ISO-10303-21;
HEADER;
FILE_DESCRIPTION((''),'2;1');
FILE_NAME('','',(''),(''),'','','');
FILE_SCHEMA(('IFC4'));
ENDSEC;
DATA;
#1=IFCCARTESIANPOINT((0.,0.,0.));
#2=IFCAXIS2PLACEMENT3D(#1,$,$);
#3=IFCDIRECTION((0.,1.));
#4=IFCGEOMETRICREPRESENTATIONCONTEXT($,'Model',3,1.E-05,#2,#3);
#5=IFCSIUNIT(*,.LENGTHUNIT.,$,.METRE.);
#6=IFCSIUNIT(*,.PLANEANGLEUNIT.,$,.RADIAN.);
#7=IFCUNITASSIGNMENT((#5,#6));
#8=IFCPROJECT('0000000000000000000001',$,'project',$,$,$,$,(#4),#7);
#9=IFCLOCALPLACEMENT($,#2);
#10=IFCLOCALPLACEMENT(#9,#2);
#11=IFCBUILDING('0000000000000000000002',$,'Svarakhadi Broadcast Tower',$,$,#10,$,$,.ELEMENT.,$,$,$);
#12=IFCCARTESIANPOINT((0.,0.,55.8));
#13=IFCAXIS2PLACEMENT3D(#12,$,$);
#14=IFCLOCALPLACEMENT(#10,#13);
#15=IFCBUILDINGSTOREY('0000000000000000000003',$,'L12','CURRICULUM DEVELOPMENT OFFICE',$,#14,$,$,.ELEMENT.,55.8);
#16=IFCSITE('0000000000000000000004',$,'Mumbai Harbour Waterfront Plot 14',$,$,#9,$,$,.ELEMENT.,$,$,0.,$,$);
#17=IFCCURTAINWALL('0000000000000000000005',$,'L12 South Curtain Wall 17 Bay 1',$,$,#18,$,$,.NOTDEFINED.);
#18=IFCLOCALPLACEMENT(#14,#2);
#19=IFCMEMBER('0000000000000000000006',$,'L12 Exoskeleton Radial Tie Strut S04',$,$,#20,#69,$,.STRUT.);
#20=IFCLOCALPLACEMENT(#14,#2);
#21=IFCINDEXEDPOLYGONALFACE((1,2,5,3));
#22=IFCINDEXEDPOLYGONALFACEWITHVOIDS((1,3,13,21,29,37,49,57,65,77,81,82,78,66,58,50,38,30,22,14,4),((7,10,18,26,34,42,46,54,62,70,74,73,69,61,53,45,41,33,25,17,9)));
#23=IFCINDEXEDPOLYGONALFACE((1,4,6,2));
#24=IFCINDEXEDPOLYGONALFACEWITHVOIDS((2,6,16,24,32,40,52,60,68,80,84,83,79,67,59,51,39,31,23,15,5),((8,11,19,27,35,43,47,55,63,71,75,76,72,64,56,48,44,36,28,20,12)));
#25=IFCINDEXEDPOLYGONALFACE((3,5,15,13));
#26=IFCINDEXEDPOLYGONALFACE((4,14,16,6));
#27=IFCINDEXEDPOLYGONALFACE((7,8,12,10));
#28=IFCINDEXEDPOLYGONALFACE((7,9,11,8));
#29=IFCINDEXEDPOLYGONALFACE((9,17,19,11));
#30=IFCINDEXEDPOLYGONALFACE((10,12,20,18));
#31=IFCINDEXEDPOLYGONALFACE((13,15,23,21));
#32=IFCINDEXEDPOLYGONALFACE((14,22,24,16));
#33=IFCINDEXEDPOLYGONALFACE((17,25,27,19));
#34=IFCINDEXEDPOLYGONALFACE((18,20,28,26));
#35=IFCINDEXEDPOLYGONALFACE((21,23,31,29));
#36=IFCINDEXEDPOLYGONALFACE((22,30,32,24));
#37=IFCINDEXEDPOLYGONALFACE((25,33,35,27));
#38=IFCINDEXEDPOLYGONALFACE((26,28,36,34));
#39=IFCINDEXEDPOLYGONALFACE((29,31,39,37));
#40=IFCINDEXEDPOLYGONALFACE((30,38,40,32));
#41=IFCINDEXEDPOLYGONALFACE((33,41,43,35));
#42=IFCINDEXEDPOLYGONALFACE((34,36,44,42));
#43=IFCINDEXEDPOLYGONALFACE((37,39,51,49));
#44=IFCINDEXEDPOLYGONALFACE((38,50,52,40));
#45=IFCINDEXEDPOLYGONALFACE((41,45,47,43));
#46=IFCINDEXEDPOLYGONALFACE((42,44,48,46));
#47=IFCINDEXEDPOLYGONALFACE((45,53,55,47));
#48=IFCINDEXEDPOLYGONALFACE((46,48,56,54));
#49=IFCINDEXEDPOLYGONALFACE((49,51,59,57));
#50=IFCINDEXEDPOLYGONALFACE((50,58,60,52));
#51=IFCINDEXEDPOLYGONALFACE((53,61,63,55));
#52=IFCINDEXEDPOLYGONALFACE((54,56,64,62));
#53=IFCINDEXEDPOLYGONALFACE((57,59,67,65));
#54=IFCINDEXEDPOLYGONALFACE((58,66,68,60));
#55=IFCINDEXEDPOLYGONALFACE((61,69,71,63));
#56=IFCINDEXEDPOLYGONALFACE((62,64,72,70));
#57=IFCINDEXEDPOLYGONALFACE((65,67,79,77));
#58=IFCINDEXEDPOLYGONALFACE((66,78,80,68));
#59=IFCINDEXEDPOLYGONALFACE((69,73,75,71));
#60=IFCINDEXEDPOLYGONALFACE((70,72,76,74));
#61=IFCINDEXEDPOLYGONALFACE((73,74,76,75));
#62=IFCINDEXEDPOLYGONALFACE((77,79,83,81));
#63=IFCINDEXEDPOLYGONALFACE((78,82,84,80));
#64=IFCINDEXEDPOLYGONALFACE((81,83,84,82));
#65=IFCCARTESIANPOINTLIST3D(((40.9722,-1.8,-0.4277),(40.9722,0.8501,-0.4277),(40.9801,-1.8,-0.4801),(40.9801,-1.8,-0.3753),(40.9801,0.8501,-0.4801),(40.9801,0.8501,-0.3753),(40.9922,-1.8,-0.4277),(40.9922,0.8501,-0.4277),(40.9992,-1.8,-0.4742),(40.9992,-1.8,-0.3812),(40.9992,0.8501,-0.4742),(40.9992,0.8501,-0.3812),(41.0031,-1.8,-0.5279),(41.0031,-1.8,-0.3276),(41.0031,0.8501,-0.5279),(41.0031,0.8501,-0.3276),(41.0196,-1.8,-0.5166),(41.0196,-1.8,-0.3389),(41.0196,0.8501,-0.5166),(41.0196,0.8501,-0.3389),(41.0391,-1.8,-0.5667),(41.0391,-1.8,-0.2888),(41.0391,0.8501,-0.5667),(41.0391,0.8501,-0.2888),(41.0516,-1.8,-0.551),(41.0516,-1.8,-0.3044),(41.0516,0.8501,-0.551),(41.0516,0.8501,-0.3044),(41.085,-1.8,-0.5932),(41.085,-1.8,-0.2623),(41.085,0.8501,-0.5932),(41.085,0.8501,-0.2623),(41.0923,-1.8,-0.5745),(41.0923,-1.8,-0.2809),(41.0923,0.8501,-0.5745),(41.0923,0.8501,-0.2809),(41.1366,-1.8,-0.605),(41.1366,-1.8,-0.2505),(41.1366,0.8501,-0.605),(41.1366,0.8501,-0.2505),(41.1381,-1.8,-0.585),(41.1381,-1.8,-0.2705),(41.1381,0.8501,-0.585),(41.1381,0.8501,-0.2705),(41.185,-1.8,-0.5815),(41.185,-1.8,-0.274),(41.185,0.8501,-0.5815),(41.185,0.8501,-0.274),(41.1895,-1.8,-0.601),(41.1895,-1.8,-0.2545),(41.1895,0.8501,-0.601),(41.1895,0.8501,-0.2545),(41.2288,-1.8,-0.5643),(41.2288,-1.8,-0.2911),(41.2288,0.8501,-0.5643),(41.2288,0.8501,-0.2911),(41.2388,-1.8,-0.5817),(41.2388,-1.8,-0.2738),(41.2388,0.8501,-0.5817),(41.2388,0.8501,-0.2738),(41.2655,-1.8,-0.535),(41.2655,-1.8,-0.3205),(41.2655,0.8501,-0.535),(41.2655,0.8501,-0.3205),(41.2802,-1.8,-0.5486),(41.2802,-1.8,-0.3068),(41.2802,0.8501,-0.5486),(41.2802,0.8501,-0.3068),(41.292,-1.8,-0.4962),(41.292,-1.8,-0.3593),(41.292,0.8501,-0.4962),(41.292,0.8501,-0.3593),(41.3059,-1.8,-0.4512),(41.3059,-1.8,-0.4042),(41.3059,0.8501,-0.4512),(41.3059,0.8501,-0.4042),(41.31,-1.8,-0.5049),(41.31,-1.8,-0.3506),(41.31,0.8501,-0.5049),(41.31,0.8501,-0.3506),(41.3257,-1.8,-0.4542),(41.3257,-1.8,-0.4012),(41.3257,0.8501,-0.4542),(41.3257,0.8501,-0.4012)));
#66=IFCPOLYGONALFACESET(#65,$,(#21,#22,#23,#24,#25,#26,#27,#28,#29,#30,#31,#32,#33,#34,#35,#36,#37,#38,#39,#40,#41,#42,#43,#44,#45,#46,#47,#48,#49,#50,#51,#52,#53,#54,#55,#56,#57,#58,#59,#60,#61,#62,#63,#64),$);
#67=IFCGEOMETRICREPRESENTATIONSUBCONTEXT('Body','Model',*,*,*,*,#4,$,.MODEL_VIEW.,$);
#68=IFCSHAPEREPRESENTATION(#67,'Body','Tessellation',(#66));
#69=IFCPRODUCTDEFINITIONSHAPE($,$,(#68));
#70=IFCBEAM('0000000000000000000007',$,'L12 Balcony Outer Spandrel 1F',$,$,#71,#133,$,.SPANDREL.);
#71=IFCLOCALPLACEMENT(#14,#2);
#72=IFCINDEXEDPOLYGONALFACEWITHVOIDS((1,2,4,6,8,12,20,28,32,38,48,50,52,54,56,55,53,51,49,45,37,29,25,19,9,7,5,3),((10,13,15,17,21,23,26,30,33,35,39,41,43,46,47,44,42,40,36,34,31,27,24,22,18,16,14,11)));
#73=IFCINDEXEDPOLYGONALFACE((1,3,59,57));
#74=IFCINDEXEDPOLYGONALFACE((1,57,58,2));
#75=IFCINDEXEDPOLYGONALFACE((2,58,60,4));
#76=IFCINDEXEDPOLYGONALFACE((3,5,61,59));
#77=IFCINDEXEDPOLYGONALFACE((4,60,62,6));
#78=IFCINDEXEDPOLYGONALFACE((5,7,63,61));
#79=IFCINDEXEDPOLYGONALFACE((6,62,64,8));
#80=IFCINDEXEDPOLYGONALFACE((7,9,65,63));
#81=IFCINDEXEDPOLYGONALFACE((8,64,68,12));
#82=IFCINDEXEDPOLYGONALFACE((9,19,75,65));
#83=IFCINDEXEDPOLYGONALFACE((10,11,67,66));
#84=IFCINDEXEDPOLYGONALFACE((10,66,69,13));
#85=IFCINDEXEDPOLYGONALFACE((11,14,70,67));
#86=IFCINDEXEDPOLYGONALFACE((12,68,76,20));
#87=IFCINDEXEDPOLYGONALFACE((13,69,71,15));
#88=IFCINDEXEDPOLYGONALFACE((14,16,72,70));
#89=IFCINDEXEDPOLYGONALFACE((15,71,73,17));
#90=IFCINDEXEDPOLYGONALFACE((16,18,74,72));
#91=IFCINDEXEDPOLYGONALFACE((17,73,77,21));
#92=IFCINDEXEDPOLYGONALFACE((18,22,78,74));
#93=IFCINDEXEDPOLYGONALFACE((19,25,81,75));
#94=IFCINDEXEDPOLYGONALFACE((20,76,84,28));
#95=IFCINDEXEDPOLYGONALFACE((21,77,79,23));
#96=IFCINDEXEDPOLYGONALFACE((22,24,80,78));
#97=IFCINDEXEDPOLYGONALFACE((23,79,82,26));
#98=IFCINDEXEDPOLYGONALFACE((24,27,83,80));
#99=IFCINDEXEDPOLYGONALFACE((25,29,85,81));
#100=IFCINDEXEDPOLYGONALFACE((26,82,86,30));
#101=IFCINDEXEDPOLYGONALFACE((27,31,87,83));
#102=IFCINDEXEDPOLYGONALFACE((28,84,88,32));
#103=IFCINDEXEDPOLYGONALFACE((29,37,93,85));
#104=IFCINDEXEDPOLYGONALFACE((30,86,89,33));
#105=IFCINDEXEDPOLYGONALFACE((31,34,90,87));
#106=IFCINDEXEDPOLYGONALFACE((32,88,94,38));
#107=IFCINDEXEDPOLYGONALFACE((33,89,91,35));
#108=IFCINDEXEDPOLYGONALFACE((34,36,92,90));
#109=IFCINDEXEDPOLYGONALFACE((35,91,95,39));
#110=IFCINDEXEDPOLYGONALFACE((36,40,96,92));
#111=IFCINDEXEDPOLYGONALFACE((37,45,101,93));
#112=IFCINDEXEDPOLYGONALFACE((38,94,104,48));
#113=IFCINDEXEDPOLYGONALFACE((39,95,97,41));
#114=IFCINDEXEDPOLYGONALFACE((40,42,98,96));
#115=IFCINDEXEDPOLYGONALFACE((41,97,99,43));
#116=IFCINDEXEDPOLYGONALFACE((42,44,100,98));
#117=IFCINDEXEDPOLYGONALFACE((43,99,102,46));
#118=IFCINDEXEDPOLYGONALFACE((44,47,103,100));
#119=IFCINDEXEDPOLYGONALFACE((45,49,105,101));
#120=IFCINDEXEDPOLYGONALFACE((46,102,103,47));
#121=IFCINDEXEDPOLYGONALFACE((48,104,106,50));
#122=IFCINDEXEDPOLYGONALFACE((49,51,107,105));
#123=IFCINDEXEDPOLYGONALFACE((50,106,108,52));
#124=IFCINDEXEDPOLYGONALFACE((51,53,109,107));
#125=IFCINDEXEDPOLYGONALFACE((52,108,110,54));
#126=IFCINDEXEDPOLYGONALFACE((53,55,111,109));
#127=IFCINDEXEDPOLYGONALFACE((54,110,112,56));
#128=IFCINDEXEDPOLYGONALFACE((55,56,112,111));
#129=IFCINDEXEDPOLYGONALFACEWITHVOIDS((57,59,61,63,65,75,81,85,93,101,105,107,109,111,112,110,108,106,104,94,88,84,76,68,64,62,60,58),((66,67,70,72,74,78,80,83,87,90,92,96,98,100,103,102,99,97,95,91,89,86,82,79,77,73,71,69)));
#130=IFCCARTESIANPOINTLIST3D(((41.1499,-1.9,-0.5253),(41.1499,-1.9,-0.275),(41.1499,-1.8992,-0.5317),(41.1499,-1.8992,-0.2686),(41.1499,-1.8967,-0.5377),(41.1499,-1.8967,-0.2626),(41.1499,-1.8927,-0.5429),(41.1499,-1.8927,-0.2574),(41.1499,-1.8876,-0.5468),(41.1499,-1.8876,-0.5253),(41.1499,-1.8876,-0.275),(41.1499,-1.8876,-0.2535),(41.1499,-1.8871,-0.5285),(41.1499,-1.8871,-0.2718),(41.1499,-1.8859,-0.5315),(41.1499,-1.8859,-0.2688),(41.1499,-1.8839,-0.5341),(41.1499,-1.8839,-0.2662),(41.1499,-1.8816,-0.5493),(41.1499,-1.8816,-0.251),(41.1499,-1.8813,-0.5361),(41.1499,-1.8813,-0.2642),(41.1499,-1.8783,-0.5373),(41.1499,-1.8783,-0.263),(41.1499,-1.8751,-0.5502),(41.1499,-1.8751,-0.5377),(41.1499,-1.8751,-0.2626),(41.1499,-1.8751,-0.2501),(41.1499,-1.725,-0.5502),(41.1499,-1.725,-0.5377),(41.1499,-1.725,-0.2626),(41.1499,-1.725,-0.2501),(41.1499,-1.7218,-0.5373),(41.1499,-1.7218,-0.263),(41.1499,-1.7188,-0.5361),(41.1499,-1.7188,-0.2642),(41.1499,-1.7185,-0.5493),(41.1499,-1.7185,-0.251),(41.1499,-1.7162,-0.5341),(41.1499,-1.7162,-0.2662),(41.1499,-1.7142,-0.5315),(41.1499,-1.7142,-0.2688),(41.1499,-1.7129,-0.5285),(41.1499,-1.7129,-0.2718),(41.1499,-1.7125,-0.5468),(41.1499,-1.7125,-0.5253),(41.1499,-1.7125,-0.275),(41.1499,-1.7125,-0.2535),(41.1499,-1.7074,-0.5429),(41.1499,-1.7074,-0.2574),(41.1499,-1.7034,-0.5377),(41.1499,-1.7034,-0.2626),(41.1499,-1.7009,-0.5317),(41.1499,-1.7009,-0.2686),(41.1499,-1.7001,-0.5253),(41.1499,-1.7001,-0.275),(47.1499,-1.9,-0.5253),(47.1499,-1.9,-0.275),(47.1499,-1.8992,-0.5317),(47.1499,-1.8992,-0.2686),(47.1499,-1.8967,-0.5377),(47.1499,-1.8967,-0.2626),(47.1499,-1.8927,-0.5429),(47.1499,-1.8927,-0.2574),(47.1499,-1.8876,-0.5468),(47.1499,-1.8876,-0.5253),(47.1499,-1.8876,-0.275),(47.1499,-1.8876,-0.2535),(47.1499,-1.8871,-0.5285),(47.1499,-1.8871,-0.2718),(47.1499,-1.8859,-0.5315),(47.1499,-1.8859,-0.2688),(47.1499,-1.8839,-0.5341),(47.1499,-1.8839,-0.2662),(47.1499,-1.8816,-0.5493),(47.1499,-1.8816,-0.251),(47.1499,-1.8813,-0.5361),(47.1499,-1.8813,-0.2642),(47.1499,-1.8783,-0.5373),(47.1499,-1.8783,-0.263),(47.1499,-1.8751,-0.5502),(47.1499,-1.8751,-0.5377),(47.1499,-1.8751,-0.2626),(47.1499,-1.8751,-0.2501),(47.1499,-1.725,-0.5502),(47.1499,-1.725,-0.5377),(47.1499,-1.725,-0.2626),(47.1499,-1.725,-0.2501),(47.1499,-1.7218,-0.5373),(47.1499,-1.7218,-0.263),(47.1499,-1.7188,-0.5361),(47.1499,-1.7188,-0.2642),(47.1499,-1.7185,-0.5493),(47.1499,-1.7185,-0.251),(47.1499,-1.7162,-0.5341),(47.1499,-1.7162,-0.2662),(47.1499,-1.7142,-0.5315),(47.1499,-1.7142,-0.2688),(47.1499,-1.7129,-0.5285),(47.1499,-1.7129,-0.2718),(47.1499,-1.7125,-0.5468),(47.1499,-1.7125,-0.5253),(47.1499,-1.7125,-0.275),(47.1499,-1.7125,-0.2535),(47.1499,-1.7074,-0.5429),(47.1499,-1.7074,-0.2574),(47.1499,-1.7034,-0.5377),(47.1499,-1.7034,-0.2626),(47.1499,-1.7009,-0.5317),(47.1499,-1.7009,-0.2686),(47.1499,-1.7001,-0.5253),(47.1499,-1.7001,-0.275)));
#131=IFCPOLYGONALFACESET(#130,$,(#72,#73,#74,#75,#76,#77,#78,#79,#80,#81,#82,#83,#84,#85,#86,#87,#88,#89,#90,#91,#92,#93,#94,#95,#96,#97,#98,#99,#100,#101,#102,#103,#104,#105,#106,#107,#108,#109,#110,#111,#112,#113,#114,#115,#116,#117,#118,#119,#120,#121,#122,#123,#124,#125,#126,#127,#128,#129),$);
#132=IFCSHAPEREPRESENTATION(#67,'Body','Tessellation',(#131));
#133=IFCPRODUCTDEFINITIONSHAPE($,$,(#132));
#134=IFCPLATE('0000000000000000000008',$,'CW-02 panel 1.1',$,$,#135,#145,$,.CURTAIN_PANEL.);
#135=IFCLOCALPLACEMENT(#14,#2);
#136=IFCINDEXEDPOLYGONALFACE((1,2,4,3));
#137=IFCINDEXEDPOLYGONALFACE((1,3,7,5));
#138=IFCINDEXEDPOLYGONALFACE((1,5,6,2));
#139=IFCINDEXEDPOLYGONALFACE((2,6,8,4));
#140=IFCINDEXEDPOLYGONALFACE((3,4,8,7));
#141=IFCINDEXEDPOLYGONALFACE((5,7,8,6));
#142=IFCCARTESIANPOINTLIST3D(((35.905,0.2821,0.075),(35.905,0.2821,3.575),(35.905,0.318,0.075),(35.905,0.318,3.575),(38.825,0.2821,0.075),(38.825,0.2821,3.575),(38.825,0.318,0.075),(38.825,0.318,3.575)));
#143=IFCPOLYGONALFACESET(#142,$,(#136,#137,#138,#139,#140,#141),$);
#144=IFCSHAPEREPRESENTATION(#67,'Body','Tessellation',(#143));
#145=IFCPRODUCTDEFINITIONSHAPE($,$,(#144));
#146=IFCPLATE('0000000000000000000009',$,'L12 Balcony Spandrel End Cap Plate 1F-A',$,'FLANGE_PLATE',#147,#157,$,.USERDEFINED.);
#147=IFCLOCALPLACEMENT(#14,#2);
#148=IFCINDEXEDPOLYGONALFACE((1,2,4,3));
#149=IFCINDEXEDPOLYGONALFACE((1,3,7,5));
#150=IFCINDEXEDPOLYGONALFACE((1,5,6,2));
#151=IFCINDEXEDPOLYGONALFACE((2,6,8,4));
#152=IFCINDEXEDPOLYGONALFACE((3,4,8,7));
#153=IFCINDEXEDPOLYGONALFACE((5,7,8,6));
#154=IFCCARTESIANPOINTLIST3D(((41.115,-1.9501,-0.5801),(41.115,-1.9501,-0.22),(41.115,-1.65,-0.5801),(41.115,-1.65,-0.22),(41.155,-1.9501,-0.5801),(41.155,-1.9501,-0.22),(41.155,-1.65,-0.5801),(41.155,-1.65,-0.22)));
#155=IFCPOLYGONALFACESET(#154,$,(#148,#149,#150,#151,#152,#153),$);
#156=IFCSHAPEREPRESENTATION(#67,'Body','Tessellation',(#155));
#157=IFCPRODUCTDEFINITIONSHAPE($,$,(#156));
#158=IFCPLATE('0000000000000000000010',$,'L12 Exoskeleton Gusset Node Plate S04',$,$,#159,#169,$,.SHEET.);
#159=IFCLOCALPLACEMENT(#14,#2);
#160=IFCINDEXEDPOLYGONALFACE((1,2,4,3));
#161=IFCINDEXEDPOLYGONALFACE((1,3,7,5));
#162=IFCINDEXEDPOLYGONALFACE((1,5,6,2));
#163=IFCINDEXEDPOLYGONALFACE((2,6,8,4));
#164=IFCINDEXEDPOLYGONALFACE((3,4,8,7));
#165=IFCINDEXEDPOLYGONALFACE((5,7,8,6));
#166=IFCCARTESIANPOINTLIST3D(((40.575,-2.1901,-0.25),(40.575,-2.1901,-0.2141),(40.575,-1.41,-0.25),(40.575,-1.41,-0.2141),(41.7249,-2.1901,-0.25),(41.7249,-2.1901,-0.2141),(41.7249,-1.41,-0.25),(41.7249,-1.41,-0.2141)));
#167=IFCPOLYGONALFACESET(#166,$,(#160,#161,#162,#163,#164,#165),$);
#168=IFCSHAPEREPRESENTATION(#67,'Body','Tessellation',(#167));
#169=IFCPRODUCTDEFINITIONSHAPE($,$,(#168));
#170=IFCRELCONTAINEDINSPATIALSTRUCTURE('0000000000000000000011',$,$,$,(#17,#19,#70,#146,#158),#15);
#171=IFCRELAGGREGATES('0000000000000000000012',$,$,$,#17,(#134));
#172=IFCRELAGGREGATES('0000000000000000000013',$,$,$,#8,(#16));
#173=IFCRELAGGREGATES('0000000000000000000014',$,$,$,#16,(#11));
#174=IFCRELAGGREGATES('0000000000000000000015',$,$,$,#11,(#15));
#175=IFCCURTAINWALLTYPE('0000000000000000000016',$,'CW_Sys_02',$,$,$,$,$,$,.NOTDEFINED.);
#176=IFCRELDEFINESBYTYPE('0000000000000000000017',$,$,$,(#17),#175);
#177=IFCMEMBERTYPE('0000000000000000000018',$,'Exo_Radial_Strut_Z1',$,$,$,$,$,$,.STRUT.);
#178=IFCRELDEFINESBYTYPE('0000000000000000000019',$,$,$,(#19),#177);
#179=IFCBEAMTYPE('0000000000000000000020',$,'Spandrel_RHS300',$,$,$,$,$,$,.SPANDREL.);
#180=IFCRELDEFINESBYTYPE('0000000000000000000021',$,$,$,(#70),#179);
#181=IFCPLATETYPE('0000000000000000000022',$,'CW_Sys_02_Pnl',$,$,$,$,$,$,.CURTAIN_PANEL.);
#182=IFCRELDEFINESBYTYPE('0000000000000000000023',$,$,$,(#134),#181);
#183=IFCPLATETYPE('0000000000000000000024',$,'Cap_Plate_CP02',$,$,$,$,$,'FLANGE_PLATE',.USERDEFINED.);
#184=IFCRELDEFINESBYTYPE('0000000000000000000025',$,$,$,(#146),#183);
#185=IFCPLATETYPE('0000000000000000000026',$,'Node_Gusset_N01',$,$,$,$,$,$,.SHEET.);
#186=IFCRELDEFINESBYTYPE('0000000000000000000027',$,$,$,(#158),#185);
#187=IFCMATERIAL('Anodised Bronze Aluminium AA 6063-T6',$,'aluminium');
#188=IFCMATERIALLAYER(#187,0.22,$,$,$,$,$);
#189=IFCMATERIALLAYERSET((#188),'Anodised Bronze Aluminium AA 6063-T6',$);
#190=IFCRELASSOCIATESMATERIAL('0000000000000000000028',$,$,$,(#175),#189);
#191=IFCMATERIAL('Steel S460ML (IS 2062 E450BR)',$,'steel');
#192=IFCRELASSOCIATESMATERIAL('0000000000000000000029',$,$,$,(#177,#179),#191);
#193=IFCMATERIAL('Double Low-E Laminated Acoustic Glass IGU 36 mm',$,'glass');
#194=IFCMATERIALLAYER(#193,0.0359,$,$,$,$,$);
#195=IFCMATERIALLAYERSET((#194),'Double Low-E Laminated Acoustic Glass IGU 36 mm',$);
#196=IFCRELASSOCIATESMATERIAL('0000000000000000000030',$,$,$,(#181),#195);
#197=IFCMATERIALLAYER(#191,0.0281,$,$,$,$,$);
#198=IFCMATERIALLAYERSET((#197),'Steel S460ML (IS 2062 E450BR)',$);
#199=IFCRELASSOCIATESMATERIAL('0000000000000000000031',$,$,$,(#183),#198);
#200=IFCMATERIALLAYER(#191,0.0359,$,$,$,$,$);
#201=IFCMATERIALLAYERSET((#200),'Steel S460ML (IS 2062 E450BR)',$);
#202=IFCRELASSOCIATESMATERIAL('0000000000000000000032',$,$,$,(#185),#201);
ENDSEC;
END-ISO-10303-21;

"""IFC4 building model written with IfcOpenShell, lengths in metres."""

from ifc_helpers import new_model, si_unit, direction, frame, origin, origin_2d, place, context, subcontext, project, spatial, rectangle, hollow_rectangle, hollow_circle, extrude, material, layer, layer_set, material_profile, profile_set, type_object, element, aggregate, save


model = new_model("IFC4")

# Units and contexts
model_context = context("Model", 3, precision=1e-05, world=origin(), true_north=direction((0.0, 1.0)))
body_context = subcontext(model_context, "Body", "Model", "MODEL_VIEW")
ifc_project = project(units=[si_unit("LENGTHUNIT", "METRE"), si_unit("PLANEANGLEUNIT", "RADIAN")], contexts=[model_context])

# Site, building, storey
site_placement = place(None, origin())
site = spatial("IfcSite", under=ifc_project, at=site_placement, Name="Mumbai Harbour Waterfront Plot 14", CompositionType="ELEMENT", RefElevation=0.0)
building_placement = place(site_placement, origin())
building = spatial("IfcBuilding", under=site, at=building_placement, Name="Svarakhadi Broadcast Tower", CompositionType="ELEMENT")
storey_placement = place(building_placement, frame((0.0, 0.0, 55.8)))
storey = spatial("IfcBuildingStorey", under=building, at=storey_placement, Name="L12", Description="CURRICULUM DEVELOPMENT OFFICE", CompositionType="ELEMENT", Elevation=55.8)

# Curtain wall
ifc_material_1 = material(Name="Anodised Bronze Aluminium AA 6063-T6", Category="aluminium")
ifc_layer_1 = layer(ifc_material_1, 0.22)
ifc_layer_set_1 = layer_set([ifc_layer_1], Name="Anodised Bronze Aluminium AA 6063-T6")
curtain_wall_type = type_object("IfcCurtainWallType", Name="CW_Sys_02", PredefinedType="NOTDEFINED", material=ifc_layer_set_1)
curtain_wall_placement = place(storey_placement, origin())
curtain_wall = element("IfcCurtainWall", 1, at=curtain_wall_placement, inside=storey, type_object=curtain_wall_type, Name="L12 South Curtain Wall 17 Bay 1", PredefinedType="NOTDEFINED")

# Member
ifc_material_2 = material(Name="Steel S460ML (IS 2062 E450BR)", Category="steel")
ifc_material_profile_1 = material_profile(ifc_material_2, hollow_circle(Radius=0.1777, WallThickness=0.02, at=origin_2d()), Name="CHS 355.6x20")
ifc_profile_set_1 = profile_set([ifc_material_profile_1], Name="Steel S460ML (IS 2062 E450BR)")
member_type_1 = type_object("IfcMemberType", Name="Exo_Radial_Strut_Z1", PredefinedType="STRUT", material=ifc_profile_set_1)
member_1_placement = place(storey_placement, frame((41.1499, -1.8, -0.4277), z_axis=(0.0, 1.0, 0.0), x_axis=(-1.0, 0.0, 0.0)))
element("IfcMember", 2, at=member_1_placement, inside=storey, type_object=member_type_1, Name="L12 Exoskeleton Radial Tie Strut S04", PredefinedType="STRUT", context=body_context, shape_type="SweptSolid", body=[
    extrude(hollow_circle(Radius=0.1777, WallThickness=0.02, at=origin_2d()), origin(), (0.0, 0.0, 1.0), 2.6501),
])

# Beam
ifc_material_profile_2 = material_profile(ifc_material_2, hollow_rectangle(XDim=0.2, YDim=0.3, WallThickness=0.0125, InnerFilletRadius=0.0125, OuterFilletRadius=0.0249, at=origin_2d()), Name="RHS 300x200x12.5")
ifc_profile_set_2 = profile_set([ifc_material_profile_2], Name="Steel S460ML (IS 2062 E450BR)")
beam_type_1 = type_object("IfcBeamType", Name="Spandrel_RHS300", PredefinedType="SPANDREL", material=ifc_profile_set_2)
beam_placement = place(storey_placement, frame((41.1499, -1.8, -0.4001), z_axis=(1.0, 0.0, 0.0), x_axis=(0.0, 1.0, 0.0)))
element("IfcBeam", 3, at=beam_placement, inside=storey, type_object=beam_type_1, Name="L12 Balcony Outer Spandrel 1F", PredefinedType="SPANDREL", context=body_context, shape_type="SweptSolid", body=[
    extrude(hollow_rectangle(XDim=0.2, YDim=0.3, WallThickness=0.0125, InnerFilletRadius=0.0125, OuterFilletRadius=0.0249, at=origin_2d()), origin(), (0.0, 0.0, 1.0), 6.0),
])

# Plate
ifc_material_3 = material(Name="Double Low-E Laminated Acoustic Glass IGU 36 mm", Category="glass")
ifc_layer_2 = layer(ifc_material_3, 0.0359)
ifc_layer_set_2 = layer_set([ifc_layer_2], Name="Double Low-E Laminated Acoustic Glass IGU 36 mm")
plate_type_1 = type_object("IfcPlateType", Name="CW_Sys_02_Pnl", PredefinedType="CURTAIN_PANEL", material=ifc_layer_set_2)
plate_1_placement = place(storey_placement, frame((37.365, 0.3, 0.075), z_axis=(0.0, 0.0, 1.0), x_axis=(-1.0, 0.0, 0.0)))
plate_1 = element("IfcPlate", 4, at=plate_1_placement, type_object=plate_type_1, Name="CW-02 panel 1.1", PredefinedType="CURTAIN_PANEL", context=body_context, shape_type="SweptSolid", body=[
    extrude(rectangle(XDim=2.9199, YDim=0.0359, at=origin_2d()), origin(), (0.0, 0.0, 1.0), 3.5),
])
aggregate(curtain_wall, [plate_1])

# Plates
ifc_layer_3 = layer(ifc_material_2, 0.0281)
ifc_layer_set_3 = layer_set([ifc_layer_3], Name="Steel S460ML (IS 2062 E450BR)")
plate_type_2 = type_object("IfcPlateType", Name="Cap_Plate_CP02", ElementType="FLANGE_PLATE", PredefinedType="USERDEFINED", material=ifc_layer_set_3)
plate_2_placement = place(storey_placement, frame((41.135, -1.8, -0.5801), z_axis=(0.0, 0.0, 1.0), x_axis=(1.0, 0.0, 0.0)))
element("IfcPlate", 5, at=plate_2_placement, inside=storey, type_object=plate_type_2, Name="L12 Balcony Spandrel End Cap Plate 1F-A", ObjectType="FLANGE_PLATE", PredefinedType="USERDEFINED", context=body_context, shape_type="SweptSolid", body=[
    extrude(rectangle(XDim=0.04, YDim=0.3, at=origin_2d()), origin(), (0.0, 0.0, 1.0), 0.3601),
])
ifc_layer_4 = layer(ifc_material_2, 0.0359)
ifc_layer_set_4 = layer_set([ifc_layer_4], Name="Steel S460ML (IS 2062 E450BR)")
plate_type_3 = type_object("IfcPlateType", Name="Node_Gusset_N01", PredefinedType="SHEET", material=ifc_layer_set_4)
plate_3_placement = place(storey_placement, frame((41.1499, -1.8, -0.25), z_axis=(0.0, 0.0, 1.0), x_axis=(1.0, 0.0, 0.0)))
element("IfcPlate", 6, at=plate_3_placement, inside=storey, type_object=plate_type_3, Name="L12 Exoskeleton Gusset Node Plate S04", PredefinedType="SHEET", context=body_context, shape_type="SweptSolid", body=[
    extrude(rectangle(XDim=1.1499, YDim=0.78, at=origin_2d()), origin(), (0.0, 0.0, 1.0), 0.0359),
])

save(model, "model.ifc")
